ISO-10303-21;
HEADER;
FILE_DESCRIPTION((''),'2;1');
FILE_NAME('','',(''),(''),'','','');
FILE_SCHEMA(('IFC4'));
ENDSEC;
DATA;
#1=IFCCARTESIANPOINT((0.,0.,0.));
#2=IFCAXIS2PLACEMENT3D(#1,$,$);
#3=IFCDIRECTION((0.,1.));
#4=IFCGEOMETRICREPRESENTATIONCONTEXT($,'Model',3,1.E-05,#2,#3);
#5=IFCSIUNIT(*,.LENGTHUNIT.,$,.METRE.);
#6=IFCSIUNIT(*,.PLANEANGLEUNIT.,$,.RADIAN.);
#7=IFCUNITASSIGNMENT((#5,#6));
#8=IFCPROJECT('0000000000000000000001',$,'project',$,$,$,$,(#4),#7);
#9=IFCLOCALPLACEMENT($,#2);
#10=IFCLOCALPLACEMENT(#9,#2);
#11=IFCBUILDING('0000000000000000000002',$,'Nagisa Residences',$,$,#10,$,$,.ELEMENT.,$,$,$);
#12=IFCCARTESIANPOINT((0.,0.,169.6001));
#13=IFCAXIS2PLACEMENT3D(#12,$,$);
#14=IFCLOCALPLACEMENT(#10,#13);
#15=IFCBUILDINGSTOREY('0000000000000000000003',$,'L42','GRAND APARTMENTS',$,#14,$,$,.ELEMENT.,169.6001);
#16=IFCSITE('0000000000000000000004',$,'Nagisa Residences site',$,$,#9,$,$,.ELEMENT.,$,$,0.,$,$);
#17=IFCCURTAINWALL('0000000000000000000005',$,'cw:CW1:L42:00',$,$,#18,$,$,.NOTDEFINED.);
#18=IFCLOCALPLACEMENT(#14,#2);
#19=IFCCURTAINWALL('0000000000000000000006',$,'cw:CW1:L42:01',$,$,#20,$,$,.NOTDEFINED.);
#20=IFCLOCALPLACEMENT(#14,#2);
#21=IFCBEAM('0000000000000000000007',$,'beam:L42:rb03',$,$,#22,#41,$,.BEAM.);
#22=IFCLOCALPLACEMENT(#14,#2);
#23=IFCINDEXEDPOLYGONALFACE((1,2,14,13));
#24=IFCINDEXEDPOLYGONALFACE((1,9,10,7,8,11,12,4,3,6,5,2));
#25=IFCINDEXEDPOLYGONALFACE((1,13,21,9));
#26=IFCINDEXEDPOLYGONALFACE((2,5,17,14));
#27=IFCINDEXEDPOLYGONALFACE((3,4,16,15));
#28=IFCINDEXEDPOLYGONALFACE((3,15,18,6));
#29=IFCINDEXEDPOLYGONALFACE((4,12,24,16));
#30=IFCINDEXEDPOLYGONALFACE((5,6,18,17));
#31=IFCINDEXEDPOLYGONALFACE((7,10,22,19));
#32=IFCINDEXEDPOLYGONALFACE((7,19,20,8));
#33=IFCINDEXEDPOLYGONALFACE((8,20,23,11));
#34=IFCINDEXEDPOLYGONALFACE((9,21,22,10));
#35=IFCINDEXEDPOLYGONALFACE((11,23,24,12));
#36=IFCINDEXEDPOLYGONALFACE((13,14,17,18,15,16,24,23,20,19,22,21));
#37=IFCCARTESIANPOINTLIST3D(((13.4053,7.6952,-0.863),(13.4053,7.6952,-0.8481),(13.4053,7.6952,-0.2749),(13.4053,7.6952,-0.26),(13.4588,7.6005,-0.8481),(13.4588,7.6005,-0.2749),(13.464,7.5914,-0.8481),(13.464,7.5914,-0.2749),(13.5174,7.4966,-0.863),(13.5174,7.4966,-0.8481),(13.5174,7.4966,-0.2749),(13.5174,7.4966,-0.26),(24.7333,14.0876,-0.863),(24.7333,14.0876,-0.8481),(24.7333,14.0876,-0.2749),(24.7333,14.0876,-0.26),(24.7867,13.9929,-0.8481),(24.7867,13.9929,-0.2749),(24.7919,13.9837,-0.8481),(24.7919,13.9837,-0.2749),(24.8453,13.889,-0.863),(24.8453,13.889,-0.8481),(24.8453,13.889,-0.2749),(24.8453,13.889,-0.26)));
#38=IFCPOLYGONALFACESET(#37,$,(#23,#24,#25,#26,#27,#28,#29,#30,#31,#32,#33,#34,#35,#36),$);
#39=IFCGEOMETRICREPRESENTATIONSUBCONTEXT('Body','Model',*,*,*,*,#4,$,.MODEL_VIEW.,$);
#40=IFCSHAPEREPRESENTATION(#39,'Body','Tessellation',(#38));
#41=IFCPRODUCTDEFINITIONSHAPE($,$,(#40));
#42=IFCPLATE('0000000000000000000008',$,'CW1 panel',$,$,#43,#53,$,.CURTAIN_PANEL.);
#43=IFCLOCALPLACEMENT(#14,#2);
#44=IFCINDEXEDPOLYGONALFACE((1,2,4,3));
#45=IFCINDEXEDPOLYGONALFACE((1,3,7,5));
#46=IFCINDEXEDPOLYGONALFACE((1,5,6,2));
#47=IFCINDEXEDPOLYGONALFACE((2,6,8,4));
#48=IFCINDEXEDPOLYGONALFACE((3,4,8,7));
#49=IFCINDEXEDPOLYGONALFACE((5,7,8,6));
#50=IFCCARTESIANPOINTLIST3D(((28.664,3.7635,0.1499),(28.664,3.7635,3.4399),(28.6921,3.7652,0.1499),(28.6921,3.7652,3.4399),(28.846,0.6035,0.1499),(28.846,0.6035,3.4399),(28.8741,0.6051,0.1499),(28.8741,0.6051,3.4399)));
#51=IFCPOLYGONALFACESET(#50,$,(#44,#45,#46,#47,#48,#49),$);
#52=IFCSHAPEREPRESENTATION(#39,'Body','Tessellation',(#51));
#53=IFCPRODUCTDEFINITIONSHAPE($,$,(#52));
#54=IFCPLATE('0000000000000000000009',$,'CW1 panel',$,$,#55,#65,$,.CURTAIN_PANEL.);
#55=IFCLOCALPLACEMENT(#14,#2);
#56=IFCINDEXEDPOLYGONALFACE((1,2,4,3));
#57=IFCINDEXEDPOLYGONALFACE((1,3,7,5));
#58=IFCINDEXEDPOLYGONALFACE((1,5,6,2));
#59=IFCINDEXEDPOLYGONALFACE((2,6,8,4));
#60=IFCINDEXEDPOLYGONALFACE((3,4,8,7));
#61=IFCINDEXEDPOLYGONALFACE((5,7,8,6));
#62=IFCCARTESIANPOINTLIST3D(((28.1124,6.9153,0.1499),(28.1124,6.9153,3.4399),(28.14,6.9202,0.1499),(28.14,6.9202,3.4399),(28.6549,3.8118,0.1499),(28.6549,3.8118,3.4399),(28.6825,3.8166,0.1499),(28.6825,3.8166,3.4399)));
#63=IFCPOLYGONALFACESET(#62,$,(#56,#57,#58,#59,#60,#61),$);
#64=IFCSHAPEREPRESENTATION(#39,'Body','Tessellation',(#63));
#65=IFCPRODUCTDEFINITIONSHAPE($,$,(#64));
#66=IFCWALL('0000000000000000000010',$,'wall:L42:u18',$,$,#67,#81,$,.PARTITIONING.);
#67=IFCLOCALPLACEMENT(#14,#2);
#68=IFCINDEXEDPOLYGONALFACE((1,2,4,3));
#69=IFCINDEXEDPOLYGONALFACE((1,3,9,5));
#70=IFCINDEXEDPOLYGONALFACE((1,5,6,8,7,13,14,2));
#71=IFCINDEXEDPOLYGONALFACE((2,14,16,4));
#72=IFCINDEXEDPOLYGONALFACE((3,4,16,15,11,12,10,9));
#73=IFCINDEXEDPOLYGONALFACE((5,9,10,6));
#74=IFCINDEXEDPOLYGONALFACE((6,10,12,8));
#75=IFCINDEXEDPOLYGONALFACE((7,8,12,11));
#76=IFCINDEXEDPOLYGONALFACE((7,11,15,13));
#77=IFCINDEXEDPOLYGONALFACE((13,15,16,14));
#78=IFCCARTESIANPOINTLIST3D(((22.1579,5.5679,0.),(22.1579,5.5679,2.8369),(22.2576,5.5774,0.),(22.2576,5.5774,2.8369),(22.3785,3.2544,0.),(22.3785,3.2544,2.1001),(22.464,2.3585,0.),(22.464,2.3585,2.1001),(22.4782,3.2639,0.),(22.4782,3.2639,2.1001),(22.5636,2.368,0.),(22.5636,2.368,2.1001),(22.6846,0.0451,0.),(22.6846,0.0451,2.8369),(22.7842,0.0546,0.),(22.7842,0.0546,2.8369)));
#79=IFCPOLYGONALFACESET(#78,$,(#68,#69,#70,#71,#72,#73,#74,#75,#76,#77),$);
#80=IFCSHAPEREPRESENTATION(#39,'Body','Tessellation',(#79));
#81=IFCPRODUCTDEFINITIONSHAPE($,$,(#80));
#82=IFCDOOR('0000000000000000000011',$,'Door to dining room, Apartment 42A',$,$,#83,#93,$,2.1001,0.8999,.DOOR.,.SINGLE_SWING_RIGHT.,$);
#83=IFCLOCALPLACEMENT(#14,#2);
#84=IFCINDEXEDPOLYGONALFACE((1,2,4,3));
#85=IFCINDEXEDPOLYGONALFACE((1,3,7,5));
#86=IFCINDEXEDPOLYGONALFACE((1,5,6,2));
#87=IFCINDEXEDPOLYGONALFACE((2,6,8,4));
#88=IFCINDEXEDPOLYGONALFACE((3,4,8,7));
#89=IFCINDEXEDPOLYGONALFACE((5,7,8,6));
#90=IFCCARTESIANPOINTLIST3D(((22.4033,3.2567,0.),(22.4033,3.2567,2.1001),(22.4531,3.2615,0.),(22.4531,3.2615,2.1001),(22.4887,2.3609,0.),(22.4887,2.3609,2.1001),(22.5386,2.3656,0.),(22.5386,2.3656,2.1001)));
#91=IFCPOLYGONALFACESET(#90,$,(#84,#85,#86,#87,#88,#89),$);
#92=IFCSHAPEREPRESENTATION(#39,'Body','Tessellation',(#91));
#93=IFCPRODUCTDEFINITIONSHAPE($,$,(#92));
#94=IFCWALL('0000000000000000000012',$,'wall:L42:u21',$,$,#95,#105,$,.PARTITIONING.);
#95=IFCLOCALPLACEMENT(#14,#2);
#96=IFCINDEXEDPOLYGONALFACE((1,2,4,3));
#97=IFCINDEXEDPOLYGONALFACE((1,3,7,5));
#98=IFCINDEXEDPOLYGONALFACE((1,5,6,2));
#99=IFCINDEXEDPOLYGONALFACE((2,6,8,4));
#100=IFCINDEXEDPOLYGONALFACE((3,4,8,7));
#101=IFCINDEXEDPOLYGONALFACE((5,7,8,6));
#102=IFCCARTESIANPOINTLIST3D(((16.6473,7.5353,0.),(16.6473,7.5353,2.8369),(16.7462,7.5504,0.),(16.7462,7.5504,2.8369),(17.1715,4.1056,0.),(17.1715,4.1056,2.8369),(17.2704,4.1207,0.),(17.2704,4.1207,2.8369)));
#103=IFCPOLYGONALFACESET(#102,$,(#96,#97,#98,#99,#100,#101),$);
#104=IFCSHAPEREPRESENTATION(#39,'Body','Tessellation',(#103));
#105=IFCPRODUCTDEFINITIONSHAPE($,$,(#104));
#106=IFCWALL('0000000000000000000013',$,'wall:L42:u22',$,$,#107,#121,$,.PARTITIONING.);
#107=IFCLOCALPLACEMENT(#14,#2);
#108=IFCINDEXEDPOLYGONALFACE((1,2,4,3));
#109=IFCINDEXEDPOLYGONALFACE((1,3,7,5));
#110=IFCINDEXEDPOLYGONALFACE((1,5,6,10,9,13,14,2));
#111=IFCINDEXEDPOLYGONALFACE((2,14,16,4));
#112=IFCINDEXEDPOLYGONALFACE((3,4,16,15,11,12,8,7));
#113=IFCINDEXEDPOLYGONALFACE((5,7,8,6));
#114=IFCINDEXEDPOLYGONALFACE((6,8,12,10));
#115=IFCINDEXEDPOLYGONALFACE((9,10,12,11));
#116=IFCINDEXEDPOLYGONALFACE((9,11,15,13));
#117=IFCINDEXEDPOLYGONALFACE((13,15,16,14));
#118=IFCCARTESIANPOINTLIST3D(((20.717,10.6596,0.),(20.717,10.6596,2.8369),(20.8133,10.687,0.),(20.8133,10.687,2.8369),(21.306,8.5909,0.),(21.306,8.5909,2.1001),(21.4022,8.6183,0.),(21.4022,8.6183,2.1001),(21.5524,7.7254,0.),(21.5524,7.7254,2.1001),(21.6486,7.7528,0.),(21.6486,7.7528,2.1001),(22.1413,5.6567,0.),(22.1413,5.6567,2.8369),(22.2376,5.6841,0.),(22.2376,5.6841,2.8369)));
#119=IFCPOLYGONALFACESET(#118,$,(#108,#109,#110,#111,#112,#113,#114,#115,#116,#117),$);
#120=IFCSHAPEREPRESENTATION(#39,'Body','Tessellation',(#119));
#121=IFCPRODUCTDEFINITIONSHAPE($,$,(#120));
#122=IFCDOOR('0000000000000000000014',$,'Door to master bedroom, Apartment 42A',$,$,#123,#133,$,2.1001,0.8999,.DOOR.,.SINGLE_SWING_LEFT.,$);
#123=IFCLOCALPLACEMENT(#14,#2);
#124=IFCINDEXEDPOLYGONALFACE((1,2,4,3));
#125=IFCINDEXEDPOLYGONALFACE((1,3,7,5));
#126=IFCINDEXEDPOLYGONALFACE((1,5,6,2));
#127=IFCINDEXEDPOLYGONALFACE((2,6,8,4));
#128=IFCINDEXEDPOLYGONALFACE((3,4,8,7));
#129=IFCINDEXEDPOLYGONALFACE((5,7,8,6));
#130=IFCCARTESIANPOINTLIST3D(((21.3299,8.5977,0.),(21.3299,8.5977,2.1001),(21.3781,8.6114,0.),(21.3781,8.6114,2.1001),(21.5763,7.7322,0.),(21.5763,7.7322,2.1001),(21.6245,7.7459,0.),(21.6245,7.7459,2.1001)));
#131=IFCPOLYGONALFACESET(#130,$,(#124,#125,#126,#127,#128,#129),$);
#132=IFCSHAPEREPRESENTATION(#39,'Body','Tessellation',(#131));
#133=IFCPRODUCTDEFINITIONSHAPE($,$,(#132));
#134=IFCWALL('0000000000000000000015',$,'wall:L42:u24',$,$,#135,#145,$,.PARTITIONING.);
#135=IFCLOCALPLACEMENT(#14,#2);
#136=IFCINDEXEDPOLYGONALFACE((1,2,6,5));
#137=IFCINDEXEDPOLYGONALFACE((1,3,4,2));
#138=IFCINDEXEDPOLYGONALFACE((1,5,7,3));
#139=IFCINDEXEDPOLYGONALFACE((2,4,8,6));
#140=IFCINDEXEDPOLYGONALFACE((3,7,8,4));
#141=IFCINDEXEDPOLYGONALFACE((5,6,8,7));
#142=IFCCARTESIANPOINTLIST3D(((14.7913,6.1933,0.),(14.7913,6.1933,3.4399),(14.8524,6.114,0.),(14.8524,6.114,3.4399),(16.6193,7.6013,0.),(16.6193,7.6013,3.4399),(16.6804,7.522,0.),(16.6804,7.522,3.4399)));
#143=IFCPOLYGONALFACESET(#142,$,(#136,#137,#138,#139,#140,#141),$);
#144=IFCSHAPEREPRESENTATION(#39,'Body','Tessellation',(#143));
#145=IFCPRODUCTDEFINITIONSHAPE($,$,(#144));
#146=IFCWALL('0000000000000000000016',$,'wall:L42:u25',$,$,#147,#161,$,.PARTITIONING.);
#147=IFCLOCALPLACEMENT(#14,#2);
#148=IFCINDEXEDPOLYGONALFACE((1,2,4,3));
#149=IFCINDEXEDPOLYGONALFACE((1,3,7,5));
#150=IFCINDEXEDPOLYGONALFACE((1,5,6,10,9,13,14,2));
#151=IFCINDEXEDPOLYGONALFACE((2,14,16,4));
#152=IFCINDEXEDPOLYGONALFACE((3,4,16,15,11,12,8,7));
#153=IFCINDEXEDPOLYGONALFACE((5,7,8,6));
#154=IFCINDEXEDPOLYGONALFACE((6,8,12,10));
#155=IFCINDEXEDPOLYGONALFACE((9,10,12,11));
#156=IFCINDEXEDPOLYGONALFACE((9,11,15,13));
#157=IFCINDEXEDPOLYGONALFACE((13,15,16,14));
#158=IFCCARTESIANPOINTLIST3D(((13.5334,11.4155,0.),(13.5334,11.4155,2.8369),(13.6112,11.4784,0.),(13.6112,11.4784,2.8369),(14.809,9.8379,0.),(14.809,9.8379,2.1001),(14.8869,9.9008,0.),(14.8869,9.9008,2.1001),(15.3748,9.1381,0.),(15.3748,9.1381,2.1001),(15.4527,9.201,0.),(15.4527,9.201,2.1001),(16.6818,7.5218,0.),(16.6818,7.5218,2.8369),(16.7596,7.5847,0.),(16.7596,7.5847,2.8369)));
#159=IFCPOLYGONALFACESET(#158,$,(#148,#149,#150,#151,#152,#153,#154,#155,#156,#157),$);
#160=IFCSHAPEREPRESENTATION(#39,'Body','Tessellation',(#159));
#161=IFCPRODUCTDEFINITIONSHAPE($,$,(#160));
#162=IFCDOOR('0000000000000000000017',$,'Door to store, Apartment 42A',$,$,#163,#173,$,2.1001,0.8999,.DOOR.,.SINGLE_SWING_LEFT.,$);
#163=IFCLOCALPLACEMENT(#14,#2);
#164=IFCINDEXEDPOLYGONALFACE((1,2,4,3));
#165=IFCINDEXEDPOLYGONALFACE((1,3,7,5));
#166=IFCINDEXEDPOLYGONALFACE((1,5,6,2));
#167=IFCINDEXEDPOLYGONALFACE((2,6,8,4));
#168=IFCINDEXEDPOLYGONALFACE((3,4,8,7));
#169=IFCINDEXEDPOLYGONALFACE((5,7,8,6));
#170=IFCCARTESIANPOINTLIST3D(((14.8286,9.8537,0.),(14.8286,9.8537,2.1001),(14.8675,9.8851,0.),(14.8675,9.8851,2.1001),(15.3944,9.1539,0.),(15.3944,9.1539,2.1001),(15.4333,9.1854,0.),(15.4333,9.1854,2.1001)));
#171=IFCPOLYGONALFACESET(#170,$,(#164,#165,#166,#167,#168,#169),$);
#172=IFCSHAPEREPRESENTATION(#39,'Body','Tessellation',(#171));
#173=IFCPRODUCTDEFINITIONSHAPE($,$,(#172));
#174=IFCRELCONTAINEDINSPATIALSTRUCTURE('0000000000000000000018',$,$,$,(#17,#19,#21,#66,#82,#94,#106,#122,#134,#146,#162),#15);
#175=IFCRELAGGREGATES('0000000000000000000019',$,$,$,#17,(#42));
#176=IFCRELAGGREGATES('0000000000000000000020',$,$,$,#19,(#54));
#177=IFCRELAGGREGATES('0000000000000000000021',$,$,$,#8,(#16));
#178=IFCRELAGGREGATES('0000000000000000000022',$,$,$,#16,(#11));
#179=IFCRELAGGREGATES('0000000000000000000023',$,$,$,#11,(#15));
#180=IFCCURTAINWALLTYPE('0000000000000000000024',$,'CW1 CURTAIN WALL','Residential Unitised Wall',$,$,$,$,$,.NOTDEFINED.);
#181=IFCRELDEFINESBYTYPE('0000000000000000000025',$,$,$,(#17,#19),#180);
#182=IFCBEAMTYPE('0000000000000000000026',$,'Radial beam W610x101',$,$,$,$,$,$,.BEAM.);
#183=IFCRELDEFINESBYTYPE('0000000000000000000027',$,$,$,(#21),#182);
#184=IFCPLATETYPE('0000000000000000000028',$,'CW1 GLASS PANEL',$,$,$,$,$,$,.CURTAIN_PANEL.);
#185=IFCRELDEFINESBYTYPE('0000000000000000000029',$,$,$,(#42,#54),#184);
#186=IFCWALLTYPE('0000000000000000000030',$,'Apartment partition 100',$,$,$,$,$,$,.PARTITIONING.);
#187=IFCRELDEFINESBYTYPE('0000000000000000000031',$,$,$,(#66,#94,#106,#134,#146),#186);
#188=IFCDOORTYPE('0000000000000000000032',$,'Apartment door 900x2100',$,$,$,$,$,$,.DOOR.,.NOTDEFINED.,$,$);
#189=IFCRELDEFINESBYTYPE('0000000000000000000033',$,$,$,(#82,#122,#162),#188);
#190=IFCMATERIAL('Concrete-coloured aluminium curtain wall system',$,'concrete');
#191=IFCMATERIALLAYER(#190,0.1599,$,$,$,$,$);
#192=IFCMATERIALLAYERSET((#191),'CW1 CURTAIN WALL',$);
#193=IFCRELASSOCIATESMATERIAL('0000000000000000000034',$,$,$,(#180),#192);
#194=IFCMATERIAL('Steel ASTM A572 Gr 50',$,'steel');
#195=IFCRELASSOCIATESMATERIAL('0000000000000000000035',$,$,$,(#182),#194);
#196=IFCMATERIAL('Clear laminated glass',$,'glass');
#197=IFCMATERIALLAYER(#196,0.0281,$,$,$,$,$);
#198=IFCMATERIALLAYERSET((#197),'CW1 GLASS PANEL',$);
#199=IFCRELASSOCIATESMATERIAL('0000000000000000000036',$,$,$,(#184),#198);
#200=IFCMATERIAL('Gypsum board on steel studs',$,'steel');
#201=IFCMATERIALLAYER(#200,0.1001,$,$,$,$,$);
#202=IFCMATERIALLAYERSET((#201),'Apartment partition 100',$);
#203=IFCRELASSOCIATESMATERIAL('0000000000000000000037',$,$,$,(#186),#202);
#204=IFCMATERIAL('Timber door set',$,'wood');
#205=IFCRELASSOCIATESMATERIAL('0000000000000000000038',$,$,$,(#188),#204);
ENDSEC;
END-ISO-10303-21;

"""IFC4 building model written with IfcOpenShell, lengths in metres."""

from ifc_helpers import new_model, si_unit, direction, frame, frame_2d, origin, origin_2d, place, context, subcontext, project, spatial, rectangle, i_section, extrude, material, layer, layer_set, material_profile, profile_set, type_object, element, fill, aggregate, save


model = new_model("IFC4")

# Units and contexts
model_context = context("Model", 3, precision=1e-05, world=origin(), true_north=direction((0.0, 1.0)))
body_context = subcontext(model_context, "Body", "Model", "MODEL_VIEW")
ifc_project = project(units=[si_unit("LENGTHUNIT", "METRE"), si_unit("PLANEANGLEUNIT", "RADIAN")], contexts=[model_context])

# Site, building, storey
site_placement = place(None, origin())
site = spatial("IfcSite", under=ifc_project, at=site_placement, Name="Nagisa Residences site", CompositionType="ELEMENT", RefElevation=0.0)
building_placement = place(site_placement, origin())
building = spatial("IfcBuilding", under=site, at=building_placement, Name="Nagisa Residences", CompositionType="ELEMENT")
storey_placement = place(building_placement, frame((0.0, 0.0, 169.6001)))
storey = spatial("IfcBuildingStorey", under=building, at=storey_placement, Name="L42", Description="GRAND APARTMENTS", CompositionType="ELEMENT", Elevation=169.6001)

# Curtain walls
ifc_material_1 = material(Name="Concrete-coloured aluminium curtain wall system", Category="concrete")
ifc_layer_1 = layer(ifc_material_1, 0.1599)
ifc_layer_set_1 = layer_set([ifc_layer_1], Name="CW1 CURTAIN WALL")
curtain_wall_type = type_object("IfcCurtainWallType", Name="CW1 CURTAIN WALL", Description="Residential Unitised Wall", PredefinedType="NOTDEFINED", material=ifc_layer_set_1)
curtain_wall_1_placement = place(storey_placement, origin())
curtain_wall_1 = element("IfcCurtainWall", 1, at=curtain_wall_1_placement, inside=storey, type_object=curtain_wall_type, Name="cw:CW1:L42:00", PredefinedType="NOTDEFINED")
curtain_wall_2_placement = place(storey_placement, origin())
curtain_wall_2 = element("IfcCurtainWall", 2, at=curtain_wall_2_placement, inside=storey, type_object=curtain_wall_type, Name="cw:CW1:L42:01", PredefinedType="NOTDEFINED")

# Beam
ifc_material_2 = material(Name="Steel ASTM A572 Gr 50", Category="steel")
ifc_material_profile_1 = material_profile(ifc_material_2, i_section(OverallWidth=0.228, OverallDepth=0.603, WebThickness=0.0105, FlangeThickness=0.0149, at=origin_2d()), Name="W610x101")
ifc_profile_set_1 = profile_set([ifc_material_profile_1], Name="Steel ASTM A572 Gr 50")
beam_type_1 = type_object("IfcBeamType", Name="Radial beam W610x101", PredefinedType="BEAM", material=ifc_profile_set_1)
beam_1_placement = place(storey_placement, frame((24.7893, 13.9883, -0.5615), z_axis=(-0.870905, -0.491452, 0.0), x_axis=(0.491452, -0.870905, 0.0)))
element("IfcBeam", 3, at=beam_1_placement, inside=storey, type_object=beam_type_1, Name="beam:L42:rb03", PredefinedType="BEAM", context=body_context, shape_type="SweptSolid", body=[
    extrude(i_section(OverallWidth=0.228, OverallDepth=0.603, WebThickness=0.0105, FlangeThickness=0.0149, at=origin_2d()), origin(), (0.0, 0.0, 1.0), 13.0071),
])

# Plates
ifc_material_3 = material(Name="Clear laminated glass", Category="glass")
ifc_layer_2 = layer(ifc_material_3, 0.0281)
ifc_layer_set_2 = layer_set([ifc_layer_2], Name="CW1 GLASS PANEL")
plate_type = type_object("IfcPlateType", Name="CW1 GLASS PANEL", PredefinedType="CURTAIN_PANEL", material=ifc_layer_set_2)
plate_1_placement = place(storey_placement, frame((28.769, 2.1843, 0.1499), z_axis=(0.0, 0.0, 1.0), x_axis=(-0.057503, 0.998345, 0.0)))
plate_1 = element("IfcPlate", 4, at=plate_1_placement, type_object=plate_type, Name="CW1 panel", PredefinedType="CURTAIN_PANEL", context=body_context, shape_type="SweptSolid", body=[
    extrude(rectangle(XDim=3.1653, YDim=0.0281, at=origin_2d()), origin(), (0.0, 0.0, 1.0), 3.29),
])
aggregate(curtain_wall_1, [plate_1])
plate_2_placement = place(storey_placement, frame((28.3975, 5.366, 0.1499), z_axis=(0.0, 0.0, 1.0), x_axis=(-0.172191, 0.985064, 0.0)))
plate_2 = element("IfcPlate", 5, at=plate_2_placement, type_object=plate_type, Name="CW1 panel", PredefinedType="CURTAIN_PANEL", context=body_context, shape_type="SweptSolid", body=[
    extrude(rectangle(XDim=3.1506, YDim=0.0281, at=origin_2d()), origin(), (0.0, 0.0, 1.0), 3.29),
])
aggregate(curtain_wall_2, [plate_2])

# Wall, opening, door
ifc_material_4 = material(Name="Gypsum board on steel studs", Category="steel")
ifc_layer_3 = layer(ifc_material_4, 0.1001)
ifc_layer_set_3 = layer_set([ifc_layer_3], Name="Apartment partition 100")
wall_type_1 = type_object("IfcWallType", Name="Apartment partition 100", PredefinedType="PARTITIONING", material=ifc_layer_set_3)
wall_1_placement = place(storey_placement, frame((22.7344, 0.0498, 0.0), z_axis=(0.0, 0.0, 1.0), x_axis=(-0.094923, 0.995485, 0.0)))
wall_1 = element("IfcWall", 6, at=wall_1_placement, inside=storey, type_object=wall_type_1, Name="wall:L42:u18", PredefinedType="PARTITIONING", context=body_context, shape_type="SweptSolid", body=[
    extrude(rectangle(XDim=5.5479, YDim=0.1001, at=frame_2d((2.7739, 0.0))), origin(), (0.0, 0.0, 1.0), 2.8369),
])
opening_1_placement = place(wall_1_placement, frame((2.324, 0.0, 0.0)))
opening_1 = element("IfcOpeningElement", 7, at=opening_1_placement, cuts=wall_1, PredefinedType="OPENING", context=body_context, shape_type="SweptSolid", body=[
    extrude(rectangle(XDim=0.8999, YDim=2.1001, at=frame_2d((0.45, 1.05))), frame((0.0, 0.0601, 0.0), z_axis=(0.0, -1.0, 0.0), x_axis=(1.0, 0.0, 0.0)), (0.0, 0.0, 1.0), 0.1201),
])
ifc_material_5 = material(Name="Timber door set", Category="wood")
door_type_1 = type_object("IfcDoorType", Name="Apartment door 900x2100", OperationType="NOTDEFINED", PredefinedType="DOOR", material=ifc_material_5)
door_1_placement = place(opening_1_placement, frame((0.8999, 0.0, 0.0), x_axis=(-1.0, 0.0, 0.0)))
door_1 = element("IfcDoor", 8, at=door_1_placement, inside=storey, type_object=door_type_1, Name="Door to dining room, Apartment 42A", OperationType="SINGLE_SWING_RIGHT", OverallHeight=2.1001, OverallWidth=0.8999, PredefinedType="DOOR", context=body_context, shape_type="SweptSolid", body=[
    extrude(rectangle(XDim=0.8999, YDim=2.1001, at=frame_2d((0.45, 1.05))), frame((0.0, 0.0249, 0.0), z_axis=(0.0, -1.0, 0.0), x_axis=(1.0, 0.0, 0.0)), (0.0, 0.0, 1.0), 0.05),
])
fill(opening_1, door_1)

# Wall
wall_2_placement = place(storey_placement, frame((17.2209, 4.113, 0.0), z_axis=(0.0, 0.0, 1.0), x_axis=(-0.151079, 0.988522, 0.0)))
element("IfcWall", 9, at=wall_2_placement, inside=storey, type_object=wall_type_1, Name="wall:L42:u21", PredefinedType="PARTITIONING", context=body_context, shape_type="SweptSolid", body=[
    extrude(rectangle(XDim=3.4695, YDim=0.1001, at=frame_2d((1.7349, 0.0))), origin(), (0.0, 0.0, 1.0), 2.8369),
])

# Wall, opening, door
wall_3_placement = place(storey_placement, frame((22.1895, 5.6704, 0.0), z_axis=(0.0, 0.0, 1.0), x_axis=(-0.273816, 0.961782, 0.0)))
wall_3 = element("IfcWall", 10, at=wall_3_placement, inside=storey, type_object=wall_type_1, Name="wall:L42:u22", PredefinedType="PARTITIONING", context=body_context, shape_type="SweptSolid", body=[
    extrude(rectangle(XDim=5.2017, YDim=0.1001, at=frame_2d((2.6008, 0.0))), origin(), (0.0, 0.0, 1.0), 2.8369),
])
opening_2_placement = place(wall_3_placement, frame((2.1509, 0.0, 0.0)))
opening_2 = element("IfcOpeningElement", 11, at=opening_2_placement, cuts=wall_3, PredefinedType="OPENING", context=body_context, shape_type="SweptSolid", body=[
    extrude(rectangle(XDim=0.8999, YDim=2.1001, at=frame_2d((0.45, 1.05))), frame((0.0, 0.0601, 0.0), z_axis=(0.0, -1.0, 0.0), x_axis=(1.0, 0.0, 0.0)), (0.0, 0.0, 1.0), 0.1201),
])
door_2_placement = place(opening_2_placement, frame((0.8999, 0.0, 0.0), x_axis=(-1.0, 0.0, 0.0)))
door_2 = element("IfcDoor", 12, at=door_2_placement, inside=storey, type_object=door_type_1, Name="Door to master bedroom, Apartment 42A", OperationType="SINGLE_SWING_LEFT", OverallHeight=2.1001, OverallWidth=0.8999, PredefinedType="DOOR", context=body_context, shape_type="SweptSolid", body=[
    extrude(rectangle(XDim=0.8999, YDim=2.1001, at=frame_2d((0.45, 1.05))), frame((0.0, 0.0249, 0.0), z_axis=(0.0, -1.0, 0.0), x_axis=(1.0, 0.0, 0.0)), (0.0, 0.0, 1.0), 0.05),
])
fill(opening_2, door_2)

# Wall
wall_4_placement = place(storey_placement, frame((14.8218, 6.1536, 0.0), z_axis=(0.0, 0.0, 1.0), x_axis=(0.792227, 0.610227, 0.0)))
element("IfcWall", 13, at=wall_4_placement, inside=storey, type_object=wall_type_1, Name="wall:L42:u24", PredefinedType="PARTITIONING", context=body_context, shape_type="SweptSolid", body=[
    extrude(rectangle(XDim=2.3074, YDim=0.1001, at=frame_2d((1.1538, 0.0))), origin(), (0.0, 0.0, 1.0), 3.4399),
])

# Wall, opening, door
wall_5_placement = place(storey_placement, frame((16.7207, 7.5532, 0.0), z_axis=(0.0, 0.0, 1.0), x_axis=(-0.628754, 0.777605, 0.0)))
wall_5 = element("IfcWall", 14, at=wall_5_placement, inside=storey, type_object=wall_type_1, Name="wall:L42:u25", PredefinedType="PARTITIONING", context=body_context, shape_type="SweptSolid", body=[
    extrude(rectangle(XDim=5.0073, YDim=0.1001, at=frame_2d((2.5037, 0.0))), origin(), (0.0, 0.0, 1.0), 2.8369),
])
opening_3_placement = place(wall_5_placement, frame((2.0786, 0.0, 0.0)))
opening_3 = element("IfcOpeningElement", 15, at=opening_3_placement, cuts=wall_5, PredefinedType="OPENING", context=body_context, shape_type="SweptSolid", body=[
    extrude(rectangle(XDim=0.8999, YDim=2.1001, at=frame_2d((0.45, 1.05))), frame((0.0, 0.0601, 0.0), z_axis=(0.0, -1.0, 0.0), x_axis=(1.0, 0.0, 0.0)), (0.0, 0.0, 1.0), 0.1201),
])
door_3_placement = place(opening_3_placement, origin())
door_3 = element("IfcDoor", 16, at=door_3_placement, inside=storey, type_object=door_type_1, Name="Door to store, Apartment 42A", OperationType="SINGLE_SWING_LEFT", OverallHeight=2.1001, OverallWidth=0.8999, PredefinedType="DOOR", context=body_context, shape_type="SweptSolid", body=[
    extrude(rectangle(XDim=0.8999, YDim=2.1001, at=frame_2d((0.45, 1.05))), frame((0.0, 0.0249, 0.0), z_axis=(0.0, -1.0, 0.0), x_axis=(1.0, 0.0, 0.0)), (0.0, 0.0, 1.0), 0.05),
])
fill(opening_3, door_3)

save(model, "model.ifc")
